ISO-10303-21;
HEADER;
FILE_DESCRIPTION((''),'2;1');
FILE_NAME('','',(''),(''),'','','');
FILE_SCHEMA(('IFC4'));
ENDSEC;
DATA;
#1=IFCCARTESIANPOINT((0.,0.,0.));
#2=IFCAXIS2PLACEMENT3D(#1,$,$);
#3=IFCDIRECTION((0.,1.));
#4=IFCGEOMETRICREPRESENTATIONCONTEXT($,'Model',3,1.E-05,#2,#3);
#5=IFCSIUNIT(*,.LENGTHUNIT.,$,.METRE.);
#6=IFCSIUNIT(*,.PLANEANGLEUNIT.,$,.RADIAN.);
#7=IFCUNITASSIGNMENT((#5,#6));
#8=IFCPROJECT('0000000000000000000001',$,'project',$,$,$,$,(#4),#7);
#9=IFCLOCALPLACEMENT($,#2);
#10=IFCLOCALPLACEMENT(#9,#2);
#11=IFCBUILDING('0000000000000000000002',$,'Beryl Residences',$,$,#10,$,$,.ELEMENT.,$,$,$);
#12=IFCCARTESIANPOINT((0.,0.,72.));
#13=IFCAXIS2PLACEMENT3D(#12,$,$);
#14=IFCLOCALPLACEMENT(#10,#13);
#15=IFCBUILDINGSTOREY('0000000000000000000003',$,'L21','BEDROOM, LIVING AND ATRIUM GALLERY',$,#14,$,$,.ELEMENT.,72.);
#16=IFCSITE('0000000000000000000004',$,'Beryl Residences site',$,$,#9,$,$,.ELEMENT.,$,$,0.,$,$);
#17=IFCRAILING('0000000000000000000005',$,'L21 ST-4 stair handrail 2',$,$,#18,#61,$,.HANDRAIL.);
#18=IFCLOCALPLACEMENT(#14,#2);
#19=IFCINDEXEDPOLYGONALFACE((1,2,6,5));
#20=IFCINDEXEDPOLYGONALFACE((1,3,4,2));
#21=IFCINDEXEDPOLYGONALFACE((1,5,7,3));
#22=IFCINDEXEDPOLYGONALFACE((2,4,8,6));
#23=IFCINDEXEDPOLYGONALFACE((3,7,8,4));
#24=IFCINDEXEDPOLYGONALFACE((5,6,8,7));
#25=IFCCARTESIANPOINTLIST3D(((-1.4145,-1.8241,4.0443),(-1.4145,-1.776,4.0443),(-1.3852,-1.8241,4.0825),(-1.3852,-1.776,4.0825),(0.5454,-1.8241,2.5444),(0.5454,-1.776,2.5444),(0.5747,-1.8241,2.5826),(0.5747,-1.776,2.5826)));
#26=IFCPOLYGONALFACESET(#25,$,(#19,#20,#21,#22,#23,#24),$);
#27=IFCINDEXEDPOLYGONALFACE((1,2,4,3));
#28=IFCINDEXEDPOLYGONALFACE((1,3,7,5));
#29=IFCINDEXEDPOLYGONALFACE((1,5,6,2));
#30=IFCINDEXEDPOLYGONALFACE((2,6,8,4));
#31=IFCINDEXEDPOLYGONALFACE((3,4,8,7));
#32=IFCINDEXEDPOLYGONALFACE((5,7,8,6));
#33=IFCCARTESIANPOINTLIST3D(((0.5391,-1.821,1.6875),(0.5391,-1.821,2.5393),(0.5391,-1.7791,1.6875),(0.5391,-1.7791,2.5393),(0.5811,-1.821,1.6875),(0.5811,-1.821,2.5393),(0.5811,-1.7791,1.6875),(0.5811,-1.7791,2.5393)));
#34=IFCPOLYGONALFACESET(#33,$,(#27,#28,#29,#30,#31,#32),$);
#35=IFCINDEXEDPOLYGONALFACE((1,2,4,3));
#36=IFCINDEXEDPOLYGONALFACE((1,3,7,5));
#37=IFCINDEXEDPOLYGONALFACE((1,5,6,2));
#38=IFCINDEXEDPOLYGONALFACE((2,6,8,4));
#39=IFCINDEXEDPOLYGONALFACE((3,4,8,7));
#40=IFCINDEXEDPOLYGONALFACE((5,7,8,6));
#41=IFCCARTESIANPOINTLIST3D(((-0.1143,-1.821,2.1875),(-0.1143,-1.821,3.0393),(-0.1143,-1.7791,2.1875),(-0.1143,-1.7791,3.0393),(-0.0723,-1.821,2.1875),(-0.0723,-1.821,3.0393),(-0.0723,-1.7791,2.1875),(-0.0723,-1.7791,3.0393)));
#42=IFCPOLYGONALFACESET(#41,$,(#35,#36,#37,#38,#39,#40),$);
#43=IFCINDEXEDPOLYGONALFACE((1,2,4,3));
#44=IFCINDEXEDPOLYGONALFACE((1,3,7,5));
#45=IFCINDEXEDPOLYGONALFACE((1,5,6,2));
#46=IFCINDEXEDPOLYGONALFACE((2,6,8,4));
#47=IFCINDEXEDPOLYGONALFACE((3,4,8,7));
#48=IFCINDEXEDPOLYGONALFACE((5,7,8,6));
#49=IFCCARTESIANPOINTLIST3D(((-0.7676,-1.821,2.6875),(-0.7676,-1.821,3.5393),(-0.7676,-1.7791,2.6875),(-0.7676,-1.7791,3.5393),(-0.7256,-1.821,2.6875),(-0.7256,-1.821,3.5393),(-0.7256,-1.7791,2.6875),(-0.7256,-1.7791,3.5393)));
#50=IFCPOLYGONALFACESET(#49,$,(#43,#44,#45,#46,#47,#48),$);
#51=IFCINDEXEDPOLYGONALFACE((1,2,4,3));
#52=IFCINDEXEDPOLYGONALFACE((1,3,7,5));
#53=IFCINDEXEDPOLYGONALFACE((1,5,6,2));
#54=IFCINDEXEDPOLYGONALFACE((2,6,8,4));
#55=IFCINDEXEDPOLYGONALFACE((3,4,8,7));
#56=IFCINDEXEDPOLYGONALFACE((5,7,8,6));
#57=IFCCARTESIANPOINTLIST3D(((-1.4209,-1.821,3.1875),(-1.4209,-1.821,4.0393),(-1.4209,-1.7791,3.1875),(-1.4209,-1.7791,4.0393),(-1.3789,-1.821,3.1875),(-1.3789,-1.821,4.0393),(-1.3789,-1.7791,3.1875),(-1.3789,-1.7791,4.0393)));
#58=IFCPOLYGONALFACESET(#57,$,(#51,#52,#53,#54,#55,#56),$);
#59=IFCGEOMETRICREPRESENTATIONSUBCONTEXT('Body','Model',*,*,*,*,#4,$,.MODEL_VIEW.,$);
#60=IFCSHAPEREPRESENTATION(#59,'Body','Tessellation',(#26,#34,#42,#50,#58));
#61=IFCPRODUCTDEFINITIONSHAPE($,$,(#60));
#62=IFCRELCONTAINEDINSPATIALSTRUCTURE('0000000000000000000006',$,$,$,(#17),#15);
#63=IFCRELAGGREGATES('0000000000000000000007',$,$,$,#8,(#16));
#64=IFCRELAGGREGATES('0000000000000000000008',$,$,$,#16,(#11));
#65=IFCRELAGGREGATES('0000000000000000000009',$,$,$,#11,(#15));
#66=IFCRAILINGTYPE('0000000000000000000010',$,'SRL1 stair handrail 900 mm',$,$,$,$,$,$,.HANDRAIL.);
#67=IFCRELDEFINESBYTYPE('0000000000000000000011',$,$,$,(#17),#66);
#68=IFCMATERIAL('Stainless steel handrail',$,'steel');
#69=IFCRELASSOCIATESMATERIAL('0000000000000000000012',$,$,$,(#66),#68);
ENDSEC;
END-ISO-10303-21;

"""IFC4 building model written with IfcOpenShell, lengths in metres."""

from ifc_helpers import new_model, si_unit, direction, frame, origin, origin_2d, place, context, subcontext, project, spatial, rectangle, extrude, material, type_object, element, save


model = new_model("IFC4")

# Units and contexts
model_context = context("Model", 3, precision=1e-05, world=origin(), true_north=direction((0.0, 1.0)))
body_context = subcontext(model_context, "Body", "Model", "MODEL_VIEW")
ifc_project = project(units=[si_unit("LENGTHUNIT", "METRE"), si_unit("PLANEANGLEUNIT", "RADIAN")], contexts=[model_context])

# Site, building, storey
site_placement = place(None, origin())
site = spatial("IfcSite", under=ifc_project, at=site_placement, Name="Beryl Residences site", CompositionType="ELEMENT", RefElevation=0.0)
building_placement = place(site_placement, origin())
building = spatial("IfcBuilding", under=site, at=building_placement, Name="Beryl Residences", CompositionType="ELEMENT")
storey_placement = place(building_placement, frame((0.0, 0.0, 72.0)))
storey = spatial("IfcBuildingStorey", under=building, at=storey_placement, Name="L21", Description="BEDROOM, LIVING AND ATRIUM GALLERY", CompositionType="ELEMENT", Elevation=72.0)

# Railing
ifc_material_1 = material(Name="Stainless steel handrail", Category="steel")
railing_type_1 = type_object("IfcRailingType", Name="SRL1 stair handrail 900 mm", PredefinedType="HANDRAIL", material=ifc_material_1)
railing_1_placement = place(storey_placement, frame((0.5601, -1.8, 1.6875)))
element("IfcRailing", 1, at=railing_1_placement, inside=storey, type_object=railing_type_1, Name="L21 ST-4 stair handrail 2", PredefinedType="HANDRAIL", context=body_context, shape_type="SweptSolid", body=[
    extrude(rectangle(XDim=0.0481, YDim=0.0481, at=origin_2d()), frame((0.0, 0.0, 0.876), z_axis=(-0.794122, 0.0, 0.607758), x_axis=(0.0, -1.0, 0.0)), (0.0, 0.0, 1.0), 2.468),
    extrude(rectangle(XDim=0.042, YDim=0.042, at=origin_2d()), origin(), (0.0, 0.0, 1.0), 0.8518),
    extrude(rectangle(XDim=0.042, YDim=0.042, at=origin_2d()), frame((-0.6533, 0.0, 0.5)), (0.0, 0.0, 1.0), 0.8518),
    extrude(rectangle(XDim=0.042, YDim=0.042, at=origin_2d()), frame((-1.3066, 0.0, 1.0)), (0.0, 0.0, 1.0), 0.8518),
    extrude(rectangle(XDim=0.042, YDim=0.042, at=origin_2d()), frame((-1.96, 0.0, 1.5)), (0.0, 0.0, 1.0), 0.8518),
])

save(model, "model.ifc")
